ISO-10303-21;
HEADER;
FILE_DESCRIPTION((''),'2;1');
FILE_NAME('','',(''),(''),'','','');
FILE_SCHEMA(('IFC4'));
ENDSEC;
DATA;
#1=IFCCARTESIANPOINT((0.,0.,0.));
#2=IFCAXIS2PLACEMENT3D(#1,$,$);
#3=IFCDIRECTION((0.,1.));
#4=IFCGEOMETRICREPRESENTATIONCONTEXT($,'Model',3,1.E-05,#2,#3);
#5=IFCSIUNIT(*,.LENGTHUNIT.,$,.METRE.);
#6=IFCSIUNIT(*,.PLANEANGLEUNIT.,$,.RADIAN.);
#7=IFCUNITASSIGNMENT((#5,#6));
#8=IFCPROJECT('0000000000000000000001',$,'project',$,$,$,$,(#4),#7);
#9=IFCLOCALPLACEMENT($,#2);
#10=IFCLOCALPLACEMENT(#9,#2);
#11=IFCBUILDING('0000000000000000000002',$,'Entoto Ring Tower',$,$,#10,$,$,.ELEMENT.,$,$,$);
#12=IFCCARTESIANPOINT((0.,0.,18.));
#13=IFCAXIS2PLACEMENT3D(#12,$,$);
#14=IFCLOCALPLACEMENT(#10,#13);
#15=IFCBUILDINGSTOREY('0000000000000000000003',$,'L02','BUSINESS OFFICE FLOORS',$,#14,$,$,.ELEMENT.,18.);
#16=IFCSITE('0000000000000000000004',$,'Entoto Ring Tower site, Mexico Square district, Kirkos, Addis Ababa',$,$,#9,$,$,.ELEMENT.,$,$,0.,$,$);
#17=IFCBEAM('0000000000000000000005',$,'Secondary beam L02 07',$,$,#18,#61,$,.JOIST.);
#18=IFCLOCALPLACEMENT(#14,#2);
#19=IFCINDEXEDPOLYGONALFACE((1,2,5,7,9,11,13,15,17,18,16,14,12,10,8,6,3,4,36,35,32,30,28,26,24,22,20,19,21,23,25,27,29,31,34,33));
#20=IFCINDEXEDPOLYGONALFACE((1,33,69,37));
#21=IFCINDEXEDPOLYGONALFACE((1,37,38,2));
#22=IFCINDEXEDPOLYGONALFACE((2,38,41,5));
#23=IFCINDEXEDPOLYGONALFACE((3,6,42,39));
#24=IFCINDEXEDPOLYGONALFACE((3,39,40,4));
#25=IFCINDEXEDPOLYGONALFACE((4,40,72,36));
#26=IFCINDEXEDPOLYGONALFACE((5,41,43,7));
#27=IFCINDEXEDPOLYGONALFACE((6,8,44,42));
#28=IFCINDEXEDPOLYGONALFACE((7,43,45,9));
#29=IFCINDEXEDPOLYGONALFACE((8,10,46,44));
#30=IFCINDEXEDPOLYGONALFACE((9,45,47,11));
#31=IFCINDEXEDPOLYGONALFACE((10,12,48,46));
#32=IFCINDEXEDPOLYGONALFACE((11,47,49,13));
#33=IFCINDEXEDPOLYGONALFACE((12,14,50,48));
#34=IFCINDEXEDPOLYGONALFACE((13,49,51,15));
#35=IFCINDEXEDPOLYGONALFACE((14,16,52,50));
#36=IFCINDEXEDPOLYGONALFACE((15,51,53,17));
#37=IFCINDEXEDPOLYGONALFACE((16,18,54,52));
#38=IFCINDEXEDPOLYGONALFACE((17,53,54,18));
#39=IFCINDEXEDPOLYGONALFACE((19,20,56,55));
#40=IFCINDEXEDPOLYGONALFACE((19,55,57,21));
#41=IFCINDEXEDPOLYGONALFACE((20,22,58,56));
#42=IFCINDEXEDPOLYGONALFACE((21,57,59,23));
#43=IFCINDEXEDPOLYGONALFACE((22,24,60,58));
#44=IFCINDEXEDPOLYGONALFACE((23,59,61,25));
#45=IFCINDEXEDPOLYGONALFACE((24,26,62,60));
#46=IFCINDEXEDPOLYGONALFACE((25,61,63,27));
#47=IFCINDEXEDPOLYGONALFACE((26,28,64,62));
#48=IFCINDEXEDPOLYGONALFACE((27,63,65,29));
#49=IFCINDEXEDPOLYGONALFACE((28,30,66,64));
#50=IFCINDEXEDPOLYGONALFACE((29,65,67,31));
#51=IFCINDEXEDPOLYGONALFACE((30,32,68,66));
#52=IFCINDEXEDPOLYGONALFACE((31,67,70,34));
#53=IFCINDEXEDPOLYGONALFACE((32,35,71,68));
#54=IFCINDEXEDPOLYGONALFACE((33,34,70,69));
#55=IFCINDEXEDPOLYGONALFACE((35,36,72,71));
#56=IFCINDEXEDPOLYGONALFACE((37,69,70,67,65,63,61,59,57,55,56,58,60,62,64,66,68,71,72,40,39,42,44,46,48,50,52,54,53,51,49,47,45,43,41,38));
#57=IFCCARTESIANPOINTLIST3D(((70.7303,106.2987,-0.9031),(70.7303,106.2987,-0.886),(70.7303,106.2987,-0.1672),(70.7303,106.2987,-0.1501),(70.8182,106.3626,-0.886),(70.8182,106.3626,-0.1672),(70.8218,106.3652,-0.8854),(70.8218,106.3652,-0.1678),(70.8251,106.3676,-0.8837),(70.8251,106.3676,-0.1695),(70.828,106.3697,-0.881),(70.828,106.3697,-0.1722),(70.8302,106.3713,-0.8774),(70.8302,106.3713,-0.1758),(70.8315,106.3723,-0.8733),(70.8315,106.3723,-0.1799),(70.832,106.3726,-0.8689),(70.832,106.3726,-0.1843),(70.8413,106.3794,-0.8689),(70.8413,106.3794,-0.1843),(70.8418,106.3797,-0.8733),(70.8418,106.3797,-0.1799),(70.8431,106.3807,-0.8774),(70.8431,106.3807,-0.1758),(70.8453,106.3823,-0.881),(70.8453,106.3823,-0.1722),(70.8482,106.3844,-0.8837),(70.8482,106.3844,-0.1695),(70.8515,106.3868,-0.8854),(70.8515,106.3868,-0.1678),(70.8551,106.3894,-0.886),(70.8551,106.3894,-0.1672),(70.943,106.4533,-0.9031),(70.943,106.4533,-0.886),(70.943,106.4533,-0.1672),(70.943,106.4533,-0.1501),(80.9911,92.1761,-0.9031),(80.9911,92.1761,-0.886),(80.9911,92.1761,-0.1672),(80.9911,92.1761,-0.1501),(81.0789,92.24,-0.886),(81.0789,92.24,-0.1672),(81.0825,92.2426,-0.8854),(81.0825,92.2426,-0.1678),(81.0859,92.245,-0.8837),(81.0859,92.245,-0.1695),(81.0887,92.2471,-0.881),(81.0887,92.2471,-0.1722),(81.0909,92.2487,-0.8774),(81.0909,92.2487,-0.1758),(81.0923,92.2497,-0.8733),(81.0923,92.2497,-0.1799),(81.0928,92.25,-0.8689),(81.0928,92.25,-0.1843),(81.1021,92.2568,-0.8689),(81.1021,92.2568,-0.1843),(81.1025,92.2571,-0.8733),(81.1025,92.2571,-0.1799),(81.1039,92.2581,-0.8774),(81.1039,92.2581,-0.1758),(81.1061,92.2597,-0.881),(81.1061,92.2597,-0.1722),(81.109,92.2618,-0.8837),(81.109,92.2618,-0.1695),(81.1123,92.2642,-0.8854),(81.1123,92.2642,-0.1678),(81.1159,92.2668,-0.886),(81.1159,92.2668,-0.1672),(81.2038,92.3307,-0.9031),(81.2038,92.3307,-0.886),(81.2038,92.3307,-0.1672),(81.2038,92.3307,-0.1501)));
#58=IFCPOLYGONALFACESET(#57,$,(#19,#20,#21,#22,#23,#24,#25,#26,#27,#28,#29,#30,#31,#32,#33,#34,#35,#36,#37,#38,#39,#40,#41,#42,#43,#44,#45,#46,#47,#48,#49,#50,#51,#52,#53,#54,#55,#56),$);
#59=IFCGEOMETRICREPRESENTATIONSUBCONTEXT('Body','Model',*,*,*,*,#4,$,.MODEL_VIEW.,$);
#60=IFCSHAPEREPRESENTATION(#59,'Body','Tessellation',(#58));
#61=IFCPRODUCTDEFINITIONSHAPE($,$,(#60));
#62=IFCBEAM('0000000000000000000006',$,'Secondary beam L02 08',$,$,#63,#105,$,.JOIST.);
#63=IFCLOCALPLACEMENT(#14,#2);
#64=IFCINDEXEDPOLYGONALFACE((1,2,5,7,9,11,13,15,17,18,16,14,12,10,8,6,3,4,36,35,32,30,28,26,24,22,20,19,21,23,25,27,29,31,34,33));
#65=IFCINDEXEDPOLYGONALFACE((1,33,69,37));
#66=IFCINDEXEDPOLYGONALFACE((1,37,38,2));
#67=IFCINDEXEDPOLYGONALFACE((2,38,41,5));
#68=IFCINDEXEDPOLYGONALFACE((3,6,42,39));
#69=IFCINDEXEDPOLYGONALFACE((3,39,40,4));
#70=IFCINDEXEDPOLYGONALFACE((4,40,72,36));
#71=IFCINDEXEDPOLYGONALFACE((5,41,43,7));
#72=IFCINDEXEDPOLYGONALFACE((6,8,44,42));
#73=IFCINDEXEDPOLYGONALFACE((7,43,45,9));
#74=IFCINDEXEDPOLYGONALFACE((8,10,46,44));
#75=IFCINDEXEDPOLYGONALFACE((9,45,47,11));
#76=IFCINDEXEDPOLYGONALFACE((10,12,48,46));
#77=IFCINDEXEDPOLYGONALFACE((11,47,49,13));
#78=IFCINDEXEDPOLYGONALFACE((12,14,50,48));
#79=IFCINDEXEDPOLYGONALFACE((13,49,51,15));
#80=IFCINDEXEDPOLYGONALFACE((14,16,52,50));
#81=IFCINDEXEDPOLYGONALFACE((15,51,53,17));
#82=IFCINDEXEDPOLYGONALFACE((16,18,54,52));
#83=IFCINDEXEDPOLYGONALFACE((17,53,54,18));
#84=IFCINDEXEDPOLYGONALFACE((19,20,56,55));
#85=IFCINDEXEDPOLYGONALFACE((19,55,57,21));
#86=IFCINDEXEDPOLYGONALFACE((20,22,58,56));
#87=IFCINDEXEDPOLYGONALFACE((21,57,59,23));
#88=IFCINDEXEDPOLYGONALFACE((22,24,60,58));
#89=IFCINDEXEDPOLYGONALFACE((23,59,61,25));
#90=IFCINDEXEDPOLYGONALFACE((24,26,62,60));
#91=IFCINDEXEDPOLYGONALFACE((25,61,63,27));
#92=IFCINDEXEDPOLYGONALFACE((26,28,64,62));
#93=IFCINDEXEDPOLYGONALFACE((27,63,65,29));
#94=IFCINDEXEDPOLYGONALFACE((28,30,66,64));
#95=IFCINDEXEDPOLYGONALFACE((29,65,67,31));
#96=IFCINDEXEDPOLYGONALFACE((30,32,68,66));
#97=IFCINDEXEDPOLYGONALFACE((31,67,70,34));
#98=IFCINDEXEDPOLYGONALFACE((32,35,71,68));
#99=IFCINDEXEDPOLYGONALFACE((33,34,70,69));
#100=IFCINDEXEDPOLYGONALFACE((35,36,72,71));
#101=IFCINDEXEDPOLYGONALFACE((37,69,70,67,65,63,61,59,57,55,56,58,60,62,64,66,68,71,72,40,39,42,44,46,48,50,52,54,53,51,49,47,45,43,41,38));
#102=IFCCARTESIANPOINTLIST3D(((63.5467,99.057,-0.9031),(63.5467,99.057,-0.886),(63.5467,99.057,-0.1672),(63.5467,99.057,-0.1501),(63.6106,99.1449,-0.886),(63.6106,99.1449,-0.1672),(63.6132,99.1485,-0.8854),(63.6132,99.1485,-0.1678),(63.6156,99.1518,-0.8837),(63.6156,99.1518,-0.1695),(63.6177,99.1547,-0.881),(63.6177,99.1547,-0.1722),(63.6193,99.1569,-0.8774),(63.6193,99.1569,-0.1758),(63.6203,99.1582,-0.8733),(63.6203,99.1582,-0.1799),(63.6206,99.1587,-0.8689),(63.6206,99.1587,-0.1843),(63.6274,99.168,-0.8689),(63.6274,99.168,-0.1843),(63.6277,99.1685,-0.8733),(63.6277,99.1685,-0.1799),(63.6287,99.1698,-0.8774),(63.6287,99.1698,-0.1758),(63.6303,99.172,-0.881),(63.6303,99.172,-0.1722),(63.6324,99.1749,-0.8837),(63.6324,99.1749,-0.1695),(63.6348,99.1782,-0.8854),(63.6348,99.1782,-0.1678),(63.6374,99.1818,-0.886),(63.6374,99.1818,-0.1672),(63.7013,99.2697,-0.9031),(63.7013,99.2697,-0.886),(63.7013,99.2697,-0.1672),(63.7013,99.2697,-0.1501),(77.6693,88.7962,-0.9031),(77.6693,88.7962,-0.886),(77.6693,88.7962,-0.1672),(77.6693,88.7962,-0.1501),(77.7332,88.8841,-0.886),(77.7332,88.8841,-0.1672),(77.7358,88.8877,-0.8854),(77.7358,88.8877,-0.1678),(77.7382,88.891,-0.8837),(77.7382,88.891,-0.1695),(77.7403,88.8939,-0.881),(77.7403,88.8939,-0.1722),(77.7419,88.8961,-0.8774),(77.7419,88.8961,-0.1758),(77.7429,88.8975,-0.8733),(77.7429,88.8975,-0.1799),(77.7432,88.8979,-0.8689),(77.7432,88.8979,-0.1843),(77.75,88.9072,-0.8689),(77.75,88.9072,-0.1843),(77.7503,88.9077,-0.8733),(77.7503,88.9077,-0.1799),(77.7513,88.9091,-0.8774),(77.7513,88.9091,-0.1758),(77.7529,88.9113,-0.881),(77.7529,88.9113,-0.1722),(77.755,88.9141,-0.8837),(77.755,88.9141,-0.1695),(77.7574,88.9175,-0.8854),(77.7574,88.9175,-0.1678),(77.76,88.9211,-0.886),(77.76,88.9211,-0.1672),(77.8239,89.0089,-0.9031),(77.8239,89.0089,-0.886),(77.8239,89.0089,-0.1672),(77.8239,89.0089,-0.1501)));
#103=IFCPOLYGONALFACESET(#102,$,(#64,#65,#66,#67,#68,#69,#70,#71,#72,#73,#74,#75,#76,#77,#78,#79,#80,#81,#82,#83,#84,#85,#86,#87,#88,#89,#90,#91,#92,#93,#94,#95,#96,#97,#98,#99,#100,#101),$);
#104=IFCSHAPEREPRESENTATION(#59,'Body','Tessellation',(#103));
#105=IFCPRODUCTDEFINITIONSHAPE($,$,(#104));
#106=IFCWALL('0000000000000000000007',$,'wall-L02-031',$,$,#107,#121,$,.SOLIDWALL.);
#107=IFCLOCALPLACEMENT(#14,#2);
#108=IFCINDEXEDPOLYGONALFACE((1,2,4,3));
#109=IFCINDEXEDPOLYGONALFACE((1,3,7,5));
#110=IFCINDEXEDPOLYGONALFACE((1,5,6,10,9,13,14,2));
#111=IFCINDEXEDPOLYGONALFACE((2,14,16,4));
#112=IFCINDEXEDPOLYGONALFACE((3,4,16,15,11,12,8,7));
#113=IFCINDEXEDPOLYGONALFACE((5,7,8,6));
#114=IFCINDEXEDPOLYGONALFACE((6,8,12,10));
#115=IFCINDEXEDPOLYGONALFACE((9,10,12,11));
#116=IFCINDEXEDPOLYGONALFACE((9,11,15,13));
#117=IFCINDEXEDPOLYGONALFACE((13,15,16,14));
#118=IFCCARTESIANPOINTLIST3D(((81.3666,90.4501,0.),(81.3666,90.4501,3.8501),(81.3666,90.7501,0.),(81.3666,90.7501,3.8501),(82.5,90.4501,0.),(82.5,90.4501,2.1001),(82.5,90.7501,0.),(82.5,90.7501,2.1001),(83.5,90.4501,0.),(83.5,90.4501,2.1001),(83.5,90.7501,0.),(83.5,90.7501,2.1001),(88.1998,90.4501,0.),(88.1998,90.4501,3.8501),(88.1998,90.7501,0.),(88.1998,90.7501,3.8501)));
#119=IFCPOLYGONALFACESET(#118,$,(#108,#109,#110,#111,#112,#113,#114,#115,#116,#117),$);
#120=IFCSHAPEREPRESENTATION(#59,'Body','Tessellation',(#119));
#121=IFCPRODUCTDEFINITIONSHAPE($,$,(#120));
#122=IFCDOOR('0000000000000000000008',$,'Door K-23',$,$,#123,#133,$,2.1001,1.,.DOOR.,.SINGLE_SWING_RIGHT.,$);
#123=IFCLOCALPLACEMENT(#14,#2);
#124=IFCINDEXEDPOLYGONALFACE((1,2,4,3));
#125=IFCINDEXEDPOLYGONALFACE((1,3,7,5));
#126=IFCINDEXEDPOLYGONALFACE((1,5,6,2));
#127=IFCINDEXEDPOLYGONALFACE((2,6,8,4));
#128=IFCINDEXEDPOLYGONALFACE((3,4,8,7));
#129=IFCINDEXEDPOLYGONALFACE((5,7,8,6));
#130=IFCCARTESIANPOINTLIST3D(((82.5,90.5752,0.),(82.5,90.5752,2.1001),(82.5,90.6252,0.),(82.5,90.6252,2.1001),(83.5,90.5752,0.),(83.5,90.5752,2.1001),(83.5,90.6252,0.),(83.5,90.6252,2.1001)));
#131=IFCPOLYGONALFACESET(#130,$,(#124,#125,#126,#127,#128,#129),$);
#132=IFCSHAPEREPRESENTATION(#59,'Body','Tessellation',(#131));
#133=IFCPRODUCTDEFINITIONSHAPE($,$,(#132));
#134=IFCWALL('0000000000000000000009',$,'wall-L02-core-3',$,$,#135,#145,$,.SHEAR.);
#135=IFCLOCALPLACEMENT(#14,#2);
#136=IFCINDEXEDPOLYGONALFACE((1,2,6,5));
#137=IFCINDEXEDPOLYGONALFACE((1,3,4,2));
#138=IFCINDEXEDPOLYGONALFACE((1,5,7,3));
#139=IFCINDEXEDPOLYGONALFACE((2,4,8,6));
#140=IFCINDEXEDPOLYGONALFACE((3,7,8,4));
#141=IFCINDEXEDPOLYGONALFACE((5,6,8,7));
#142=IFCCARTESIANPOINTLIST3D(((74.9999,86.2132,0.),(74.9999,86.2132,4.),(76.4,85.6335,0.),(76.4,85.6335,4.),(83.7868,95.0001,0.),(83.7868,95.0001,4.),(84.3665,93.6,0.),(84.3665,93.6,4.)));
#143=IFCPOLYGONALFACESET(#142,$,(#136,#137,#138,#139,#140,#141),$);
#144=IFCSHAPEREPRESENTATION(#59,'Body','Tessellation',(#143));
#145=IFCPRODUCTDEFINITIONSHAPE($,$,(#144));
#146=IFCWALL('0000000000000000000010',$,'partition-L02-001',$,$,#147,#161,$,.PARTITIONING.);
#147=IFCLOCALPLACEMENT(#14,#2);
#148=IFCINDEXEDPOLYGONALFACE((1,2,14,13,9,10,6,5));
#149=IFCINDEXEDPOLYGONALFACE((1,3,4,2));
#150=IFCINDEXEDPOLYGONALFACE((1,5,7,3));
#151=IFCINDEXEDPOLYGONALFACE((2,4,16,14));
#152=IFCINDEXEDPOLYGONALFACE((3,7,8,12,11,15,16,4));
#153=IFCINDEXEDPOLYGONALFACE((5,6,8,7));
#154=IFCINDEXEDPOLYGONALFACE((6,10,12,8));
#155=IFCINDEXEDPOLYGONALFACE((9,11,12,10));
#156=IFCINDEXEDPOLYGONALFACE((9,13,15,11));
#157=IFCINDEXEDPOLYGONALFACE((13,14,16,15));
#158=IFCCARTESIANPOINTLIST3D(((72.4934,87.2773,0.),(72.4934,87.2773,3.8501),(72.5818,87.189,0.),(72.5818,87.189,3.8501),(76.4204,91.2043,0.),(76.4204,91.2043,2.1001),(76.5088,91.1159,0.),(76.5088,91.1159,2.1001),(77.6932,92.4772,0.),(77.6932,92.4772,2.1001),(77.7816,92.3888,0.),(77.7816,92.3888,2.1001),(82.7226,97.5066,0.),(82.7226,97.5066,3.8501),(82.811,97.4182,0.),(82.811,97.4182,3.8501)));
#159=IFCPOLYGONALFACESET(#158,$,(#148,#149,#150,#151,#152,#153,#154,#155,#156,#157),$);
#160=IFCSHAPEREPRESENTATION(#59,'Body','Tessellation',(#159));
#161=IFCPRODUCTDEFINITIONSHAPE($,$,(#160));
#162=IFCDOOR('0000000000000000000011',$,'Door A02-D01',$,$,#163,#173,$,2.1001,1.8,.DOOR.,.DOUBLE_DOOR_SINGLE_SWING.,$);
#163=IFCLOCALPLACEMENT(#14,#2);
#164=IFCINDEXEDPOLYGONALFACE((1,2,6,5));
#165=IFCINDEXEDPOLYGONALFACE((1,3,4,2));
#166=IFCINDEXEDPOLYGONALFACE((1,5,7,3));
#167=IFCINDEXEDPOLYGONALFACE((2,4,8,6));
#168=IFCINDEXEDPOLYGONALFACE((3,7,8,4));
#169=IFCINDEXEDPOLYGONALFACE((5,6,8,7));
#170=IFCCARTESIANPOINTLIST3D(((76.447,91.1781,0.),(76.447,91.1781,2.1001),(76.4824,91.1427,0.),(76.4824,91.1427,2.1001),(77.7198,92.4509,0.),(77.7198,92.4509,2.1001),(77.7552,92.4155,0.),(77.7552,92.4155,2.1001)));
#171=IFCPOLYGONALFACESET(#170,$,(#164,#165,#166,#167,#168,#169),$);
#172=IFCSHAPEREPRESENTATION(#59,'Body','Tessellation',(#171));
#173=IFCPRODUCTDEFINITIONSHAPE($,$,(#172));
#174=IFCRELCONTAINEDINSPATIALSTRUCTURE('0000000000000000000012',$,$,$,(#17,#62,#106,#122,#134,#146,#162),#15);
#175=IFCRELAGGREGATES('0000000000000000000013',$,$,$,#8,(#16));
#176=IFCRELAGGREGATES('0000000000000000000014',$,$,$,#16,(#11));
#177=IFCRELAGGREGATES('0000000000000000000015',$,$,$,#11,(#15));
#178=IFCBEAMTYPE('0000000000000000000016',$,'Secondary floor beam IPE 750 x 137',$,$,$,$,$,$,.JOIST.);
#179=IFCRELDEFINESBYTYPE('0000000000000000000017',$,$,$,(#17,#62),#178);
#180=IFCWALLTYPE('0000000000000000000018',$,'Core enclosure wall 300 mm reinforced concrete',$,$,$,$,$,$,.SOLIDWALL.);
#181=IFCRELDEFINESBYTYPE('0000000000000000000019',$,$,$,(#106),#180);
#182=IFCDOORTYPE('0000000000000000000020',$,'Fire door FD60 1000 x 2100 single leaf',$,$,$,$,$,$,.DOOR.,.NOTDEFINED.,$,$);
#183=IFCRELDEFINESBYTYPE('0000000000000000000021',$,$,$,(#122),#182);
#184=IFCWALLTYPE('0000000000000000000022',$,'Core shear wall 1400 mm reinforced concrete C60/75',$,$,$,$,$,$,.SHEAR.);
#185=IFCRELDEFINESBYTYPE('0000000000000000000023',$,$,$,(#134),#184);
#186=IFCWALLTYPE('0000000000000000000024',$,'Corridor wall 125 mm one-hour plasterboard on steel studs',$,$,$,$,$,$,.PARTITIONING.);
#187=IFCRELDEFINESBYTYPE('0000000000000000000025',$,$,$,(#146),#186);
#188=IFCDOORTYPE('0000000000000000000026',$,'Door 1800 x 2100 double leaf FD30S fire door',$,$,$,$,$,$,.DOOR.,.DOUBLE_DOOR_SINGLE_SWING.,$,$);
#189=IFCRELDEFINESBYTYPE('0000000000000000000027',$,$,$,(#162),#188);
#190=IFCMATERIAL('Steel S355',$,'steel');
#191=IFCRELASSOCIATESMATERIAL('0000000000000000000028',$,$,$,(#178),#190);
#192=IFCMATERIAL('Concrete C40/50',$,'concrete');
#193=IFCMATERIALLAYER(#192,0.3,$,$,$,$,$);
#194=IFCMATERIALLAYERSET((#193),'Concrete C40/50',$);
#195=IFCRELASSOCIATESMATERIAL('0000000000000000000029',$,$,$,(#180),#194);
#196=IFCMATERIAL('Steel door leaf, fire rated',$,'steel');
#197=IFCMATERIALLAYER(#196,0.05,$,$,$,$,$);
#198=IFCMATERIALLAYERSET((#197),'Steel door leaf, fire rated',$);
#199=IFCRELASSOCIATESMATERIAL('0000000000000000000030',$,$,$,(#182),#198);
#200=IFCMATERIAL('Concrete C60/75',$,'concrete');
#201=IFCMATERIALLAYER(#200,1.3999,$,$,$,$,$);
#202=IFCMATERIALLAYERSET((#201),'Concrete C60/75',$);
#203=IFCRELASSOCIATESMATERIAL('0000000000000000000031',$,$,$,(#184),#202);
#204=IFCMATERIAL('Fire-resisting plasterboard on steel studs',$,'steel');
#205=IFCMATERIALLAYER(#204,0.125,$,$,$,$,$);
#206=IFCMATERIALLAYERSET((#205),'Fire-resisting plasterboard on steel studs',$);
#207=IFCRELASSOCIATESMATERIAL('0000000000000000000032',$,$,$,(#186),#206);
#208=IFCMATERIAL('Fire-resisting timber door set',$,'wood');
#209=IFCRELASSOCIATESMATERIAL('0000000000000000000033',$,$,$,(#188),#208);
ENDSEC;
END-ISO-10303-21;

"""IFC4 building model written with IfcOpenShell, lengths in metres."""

from ifc_helpers import new_model, si_unit, direction, frame, frame_2d, origin, origin_2d, place, context, subcontext, project, spatial, polyline, rectangle, i_section, outline, extrude, material, layer, layer_set, material_profile, profile_set, type_object, element, fill, save


model = new_model("IFC4")

# Units and contexts
model_context = context("Model", 3, precision=1e-05, world=origin(), true_north=direction((0.0, 1.0)))
body_context = subcontext(model_context, "Body", "Model", "MODEL_VIEW")
ifc_project = project(units=[si_unit("LENGTHUNIT", "METRE"), si_unit("PLANEANGLEUNIT", "RADIAN")], contexts=[model_context])

# Site, building, storey
site_placement = place(None, origin())
site = spatial("IfcSite", under=ifc_project, at=site_placement, Name="Entoto Ring Tower site, Mexico Square district, Kirkos, Addis Ababa", CompositionType="ELEMENT", RefElevation=0.0)
building_placement = place(site_placement, origin())
building = spatial("IfcBuilding", under=site, at=building_placement, Name="Entoto Ring Tower", CompositionType="ELEMENT")
storey_placement = place(building_placement, frame((0.0, 0.0, 18.0)))
storey = spatial("IfcBuildingStorey", under=building, at=storey_placement, Name="L02", Description="BUSINESS OFFICE FLOORS", CompositionType="ELEMENT", Elevation=18.0)

# Beams
ifc_material_1 = material(Name="Steel S355", Category="steel")
ifc_material_profile_1 = material_profile(ifc_material_1, i_section(OverallWidth=0.2629, OverallDepth=0.7529, WebThickness=0.0115, FlangeThickness=0.0171, FilletRadius=0.0171, at=origin_2d()), Name="IPE 750 x 137")
ifc_profile_set_1 = profile_set([ifc_material_profile_1], Name="Steel S355")
beam_type_1 = type_object("IfcBeamType", Name="Secondary floor beam IPE 750 x 137", PredefinedType="JOIST", material=ifc_profile_set_1)
for number, where, z_axis, x_axis, name in (
    (1, (81.0974, 92.2534, -0.5266), (-0.587789, 0.809014, 0.0), (-0.809014, -0.587789, 0.0), "Secondary beam L02 07"),
    (2, (77.7466, 88.9026, -0.5266), (-0.809014, 0.587789, 0.0), (-0.587789, -0.809014, 0.0), "Secondary beam L02 08"),
):
    element("IfcBeam", number, at=place(storey_placement, frame(where, z_axis=z_axis, x_axis=x_axis)), inside=storey, type_object=beam_type_1, Name=name, PredefinedType="JOIST", context=body_context, shape_type="SweptSolid", body=[
        extrude(i_section(OverallWidth=0.2629, OverallDepth=0.7529, WebThickness=0.0115, FlangeThickness=0.0171, FilletRadius=0.0171, at=origin_2d()), origin(), (0.0, 0.0, 1.0), 17.4565),
    ])

# Wall, opening, door
ifc_material_2 = material(Name="Concrete C40/50", Category="concrete")
ifc_layer_1 = layer(ifc_material_2, 0.3)
ifc_layer_set_1 = layer_set([ifc_layer_1], Name="Concrete C40/50")
wall_type_1 = type_object("IfcWallType", Name="Core enclosure wall 300 mm reinforced concrete", PredefinedType="SOLIDWALL", material=ifc_layer_set_1)
wall_1_placement = place(storey_placement, frame((81.3667, 90.6001, 0.0), z_axis=(0.0, 0.0, 1.0), x_axis=(1.0, 0.0, 0.0)))
wall_1 = element("IfcWall", 3, at=wall_1_placement, inside=storey, type_object=wall_type_1, Name="wall-L02-031", PredefinedType="SOLIDWALL", context=body_context, shape_type="SweptSolid", body=[
    extrude(rectangle(XDim=6.8333, YDim=0.3, at=frame_2d((3.4165, 0.0))), origin(), (0.0, 0.0, 1.0), 3.8501),
])
opening_1_placement = place(wall_1_placement, frame((1.1333, 0.0, 0.0)))
opening_1 = element("IfcOpeningElement", 4, at=opening_1_placement, cuts=wall_1, PredefinedType="OPENING", context=body_context, shape_type="SweptSolid", body=[
    extrude(rectangle(XDim=1.0, YDim=2.1001, at=frame_2d((0.5, 1.05))), frame((0.0, 0.1602, 0.0), z_axis=(0.0, -1.0, 0.0), x_axis=(1.0, 0.0, 0.0)), (0.0, 0.0, 1.0), 0.3201),
])
ifc_material_3 = material(Name="Steel door leaf, fire rated", Category="steel")
ifc_layer_2 = layer(ifc_material_3, 0.05)
ifc_layer_set_2 = layer_set([ifc_layer_2], Name="Steel door leaf, fire rated")
door_type_1 = type_object("IfcDoorType", Name="Fire door FD60 1000 x 2100 single leaf", OperationType="NOTDEFINED", PredefinedType="DOOR", material=ifc_layer_set_2)
door_1_placement = place(opening_1_placement, frame((1.0, 0.0, 0.0), z_axis=(0.0, 0.0, 1.0), x_axis=(-1.0, 0.0, 0.0)))
door_1 = element("IfcDoor", 5, at=door_1_placement, inside=storey, type_object=door_type_1, Name="Door K-23", OperationType="SINGLE_SWING_RIGHT", OverallHeight=2.1001, OverallWidth=1.0, PredefinedType="DOOR", context=body_context, shape_type="SweptSolid", body=[
    extrude(rectangle(XDim=1.0, YDim=2.1001, at=frame_2d((0.5, 1.05))), frame((0.0, 0.0249, 0.0), z_axis=(0.0, -1.0, 0.0), x_axis=(1.0, 0.0, 0.0)), (0.0, 0.0, 1.0), 0.05),
])
fill(opening_1, door_1)

# Wall
ifc_material_4 = material(Name="Concrete C60/75", Category="concrete")
ifc_layer_3 = layer(ifc_material_4, 1.3999)
ifc_layer_set_3 = layer_set([ifc_layer_3], Name="Concrete C60/75")
wall_type_2 = type_object("IfcWallType", Name="Core shear wall 1400 mm reinforced concrete C60/75", PredefinedType="SHEAR", material=ifc_layer_set_3)
wall_2_placement = place(storey_placement, frame((84.0767, 94.3, 0.0), z_axis=(0.0, 0.0, 1.0), x_axis=(-0.707107, -0.707107, 0.0)))
element("IfcWall", 6, at=wall_2_placement, inside=storey, type_object=wall_type_2, Name="wall-L02-core-3", PredefinedType="SHEAR", context=body_context, shape_type="SweptSolid", body=[
    extrude(outline(polyline([(-0.29, -0.7), (12.1365, -0.7), (11.5564, 0.7), (0.29, 0.7), (-0.29, -0.7)])), origin(), (0.0, 0.0, 1.0), 4.0),
])

# Wall, opening, door
ifc_material_5 = material(Name="Fire-resisting plasterboard on steel studs", Category="steel")
ifc_layer_4 = layer(ifc_material_5, 0.125)
ifc_layer_set_4 = layer_set([ifc_layer_4], Name="Fire-resisting plasterboard on steel studs")
wall_type_3 = type_object("IfcWallType", Name="Corridor wall 125 mm one-hour plasterboard on steel studs", PredefinedType="PARTITIONING", material=ifc_layer_set_4)
wall_3_placement = place(storey_placement, frame((72.5376, 87.2332, 0.0), z_axis=(0.0, 0.0, 1.0), x_axis=(0.707107, 0.707107, 0.0)))
wall_3 = element("IfcWall", 7, at=wall_3_placement, inside=storey, type_object=wall_type_3, Name="partition-L02-001", PredefinedType="PARTITIONING", context=body_context, shape_type="SweptSolid", body=[
    extrude(rectangle(XDim=14.4663, YDim=0.125, at=frame_2d((7.2332, 0.0))), origin(), (0.0, 0.0, 1.0), 3.8501),
])
opening_2_placement = place(wall_3_placement, frame((5.5537, 0.0, 0.0)))
opening_2 = element("IfcOpeningElement", 8, at=opening_2_placement, cuts=wall_3, PredefinedType="OPENING", context=body_context, shape_type="SweptSolid", body=[
    extrude(rectangle(XDim=1.8, YDim=2.1001, at=frame_2d((0.8999, 1.05))), frame((0.0, 0.0725, 0.0), z_axis=(0.0, -1.0, 0.0), x_axis=(1.0, 0.0, 0.0)), (0.0, 0.0, 1.0), 0.145),
])
ifc_material_6 = material(Name="Fire-resisting timber door set", Category="wood")
door_type_2 = type_object("IfcDoorType", Name="Door 1800 x 2100 double leaf FD30S fire door", OperationType="DOUBLE_DOOR_SINGLE_SWING", PredefinedType="DOOR", material=ifc_material_6)
door_2_placement = place(opening_2_placement, frame((1.8, 0.0, 0.0), z_axis=(0.0, 0.0, 1.0), x_axis=(-1.0, 0.0, 0.0)))
door_2 = element("IfcDoor", 9, at=door_2_placement, inside=storey, type_object=door_type_2, Name="Door A02-D01", OperationType="DOUBLE_DOOR_SINGLE_SWING", OverallHeight=2.1001, OverallWidth=1.8, PredefinedType="DOOR", context=body_context, shape_type="SweptSolid", body=[
    extrude(rectangle(XDim=1.8, YDim=2.1001, at=frame_2d((0.8999, 1.05))), frame((0.0, 0.0249, 0.0), z_axis=(0.0, -1.0, 0.0), x_axis=(1.0, 0.0, 0.0)), (0.0, 0.0, 1.0), 0.05),
])
fill(opening_2, door_2)

save(model, "model.ifc")
